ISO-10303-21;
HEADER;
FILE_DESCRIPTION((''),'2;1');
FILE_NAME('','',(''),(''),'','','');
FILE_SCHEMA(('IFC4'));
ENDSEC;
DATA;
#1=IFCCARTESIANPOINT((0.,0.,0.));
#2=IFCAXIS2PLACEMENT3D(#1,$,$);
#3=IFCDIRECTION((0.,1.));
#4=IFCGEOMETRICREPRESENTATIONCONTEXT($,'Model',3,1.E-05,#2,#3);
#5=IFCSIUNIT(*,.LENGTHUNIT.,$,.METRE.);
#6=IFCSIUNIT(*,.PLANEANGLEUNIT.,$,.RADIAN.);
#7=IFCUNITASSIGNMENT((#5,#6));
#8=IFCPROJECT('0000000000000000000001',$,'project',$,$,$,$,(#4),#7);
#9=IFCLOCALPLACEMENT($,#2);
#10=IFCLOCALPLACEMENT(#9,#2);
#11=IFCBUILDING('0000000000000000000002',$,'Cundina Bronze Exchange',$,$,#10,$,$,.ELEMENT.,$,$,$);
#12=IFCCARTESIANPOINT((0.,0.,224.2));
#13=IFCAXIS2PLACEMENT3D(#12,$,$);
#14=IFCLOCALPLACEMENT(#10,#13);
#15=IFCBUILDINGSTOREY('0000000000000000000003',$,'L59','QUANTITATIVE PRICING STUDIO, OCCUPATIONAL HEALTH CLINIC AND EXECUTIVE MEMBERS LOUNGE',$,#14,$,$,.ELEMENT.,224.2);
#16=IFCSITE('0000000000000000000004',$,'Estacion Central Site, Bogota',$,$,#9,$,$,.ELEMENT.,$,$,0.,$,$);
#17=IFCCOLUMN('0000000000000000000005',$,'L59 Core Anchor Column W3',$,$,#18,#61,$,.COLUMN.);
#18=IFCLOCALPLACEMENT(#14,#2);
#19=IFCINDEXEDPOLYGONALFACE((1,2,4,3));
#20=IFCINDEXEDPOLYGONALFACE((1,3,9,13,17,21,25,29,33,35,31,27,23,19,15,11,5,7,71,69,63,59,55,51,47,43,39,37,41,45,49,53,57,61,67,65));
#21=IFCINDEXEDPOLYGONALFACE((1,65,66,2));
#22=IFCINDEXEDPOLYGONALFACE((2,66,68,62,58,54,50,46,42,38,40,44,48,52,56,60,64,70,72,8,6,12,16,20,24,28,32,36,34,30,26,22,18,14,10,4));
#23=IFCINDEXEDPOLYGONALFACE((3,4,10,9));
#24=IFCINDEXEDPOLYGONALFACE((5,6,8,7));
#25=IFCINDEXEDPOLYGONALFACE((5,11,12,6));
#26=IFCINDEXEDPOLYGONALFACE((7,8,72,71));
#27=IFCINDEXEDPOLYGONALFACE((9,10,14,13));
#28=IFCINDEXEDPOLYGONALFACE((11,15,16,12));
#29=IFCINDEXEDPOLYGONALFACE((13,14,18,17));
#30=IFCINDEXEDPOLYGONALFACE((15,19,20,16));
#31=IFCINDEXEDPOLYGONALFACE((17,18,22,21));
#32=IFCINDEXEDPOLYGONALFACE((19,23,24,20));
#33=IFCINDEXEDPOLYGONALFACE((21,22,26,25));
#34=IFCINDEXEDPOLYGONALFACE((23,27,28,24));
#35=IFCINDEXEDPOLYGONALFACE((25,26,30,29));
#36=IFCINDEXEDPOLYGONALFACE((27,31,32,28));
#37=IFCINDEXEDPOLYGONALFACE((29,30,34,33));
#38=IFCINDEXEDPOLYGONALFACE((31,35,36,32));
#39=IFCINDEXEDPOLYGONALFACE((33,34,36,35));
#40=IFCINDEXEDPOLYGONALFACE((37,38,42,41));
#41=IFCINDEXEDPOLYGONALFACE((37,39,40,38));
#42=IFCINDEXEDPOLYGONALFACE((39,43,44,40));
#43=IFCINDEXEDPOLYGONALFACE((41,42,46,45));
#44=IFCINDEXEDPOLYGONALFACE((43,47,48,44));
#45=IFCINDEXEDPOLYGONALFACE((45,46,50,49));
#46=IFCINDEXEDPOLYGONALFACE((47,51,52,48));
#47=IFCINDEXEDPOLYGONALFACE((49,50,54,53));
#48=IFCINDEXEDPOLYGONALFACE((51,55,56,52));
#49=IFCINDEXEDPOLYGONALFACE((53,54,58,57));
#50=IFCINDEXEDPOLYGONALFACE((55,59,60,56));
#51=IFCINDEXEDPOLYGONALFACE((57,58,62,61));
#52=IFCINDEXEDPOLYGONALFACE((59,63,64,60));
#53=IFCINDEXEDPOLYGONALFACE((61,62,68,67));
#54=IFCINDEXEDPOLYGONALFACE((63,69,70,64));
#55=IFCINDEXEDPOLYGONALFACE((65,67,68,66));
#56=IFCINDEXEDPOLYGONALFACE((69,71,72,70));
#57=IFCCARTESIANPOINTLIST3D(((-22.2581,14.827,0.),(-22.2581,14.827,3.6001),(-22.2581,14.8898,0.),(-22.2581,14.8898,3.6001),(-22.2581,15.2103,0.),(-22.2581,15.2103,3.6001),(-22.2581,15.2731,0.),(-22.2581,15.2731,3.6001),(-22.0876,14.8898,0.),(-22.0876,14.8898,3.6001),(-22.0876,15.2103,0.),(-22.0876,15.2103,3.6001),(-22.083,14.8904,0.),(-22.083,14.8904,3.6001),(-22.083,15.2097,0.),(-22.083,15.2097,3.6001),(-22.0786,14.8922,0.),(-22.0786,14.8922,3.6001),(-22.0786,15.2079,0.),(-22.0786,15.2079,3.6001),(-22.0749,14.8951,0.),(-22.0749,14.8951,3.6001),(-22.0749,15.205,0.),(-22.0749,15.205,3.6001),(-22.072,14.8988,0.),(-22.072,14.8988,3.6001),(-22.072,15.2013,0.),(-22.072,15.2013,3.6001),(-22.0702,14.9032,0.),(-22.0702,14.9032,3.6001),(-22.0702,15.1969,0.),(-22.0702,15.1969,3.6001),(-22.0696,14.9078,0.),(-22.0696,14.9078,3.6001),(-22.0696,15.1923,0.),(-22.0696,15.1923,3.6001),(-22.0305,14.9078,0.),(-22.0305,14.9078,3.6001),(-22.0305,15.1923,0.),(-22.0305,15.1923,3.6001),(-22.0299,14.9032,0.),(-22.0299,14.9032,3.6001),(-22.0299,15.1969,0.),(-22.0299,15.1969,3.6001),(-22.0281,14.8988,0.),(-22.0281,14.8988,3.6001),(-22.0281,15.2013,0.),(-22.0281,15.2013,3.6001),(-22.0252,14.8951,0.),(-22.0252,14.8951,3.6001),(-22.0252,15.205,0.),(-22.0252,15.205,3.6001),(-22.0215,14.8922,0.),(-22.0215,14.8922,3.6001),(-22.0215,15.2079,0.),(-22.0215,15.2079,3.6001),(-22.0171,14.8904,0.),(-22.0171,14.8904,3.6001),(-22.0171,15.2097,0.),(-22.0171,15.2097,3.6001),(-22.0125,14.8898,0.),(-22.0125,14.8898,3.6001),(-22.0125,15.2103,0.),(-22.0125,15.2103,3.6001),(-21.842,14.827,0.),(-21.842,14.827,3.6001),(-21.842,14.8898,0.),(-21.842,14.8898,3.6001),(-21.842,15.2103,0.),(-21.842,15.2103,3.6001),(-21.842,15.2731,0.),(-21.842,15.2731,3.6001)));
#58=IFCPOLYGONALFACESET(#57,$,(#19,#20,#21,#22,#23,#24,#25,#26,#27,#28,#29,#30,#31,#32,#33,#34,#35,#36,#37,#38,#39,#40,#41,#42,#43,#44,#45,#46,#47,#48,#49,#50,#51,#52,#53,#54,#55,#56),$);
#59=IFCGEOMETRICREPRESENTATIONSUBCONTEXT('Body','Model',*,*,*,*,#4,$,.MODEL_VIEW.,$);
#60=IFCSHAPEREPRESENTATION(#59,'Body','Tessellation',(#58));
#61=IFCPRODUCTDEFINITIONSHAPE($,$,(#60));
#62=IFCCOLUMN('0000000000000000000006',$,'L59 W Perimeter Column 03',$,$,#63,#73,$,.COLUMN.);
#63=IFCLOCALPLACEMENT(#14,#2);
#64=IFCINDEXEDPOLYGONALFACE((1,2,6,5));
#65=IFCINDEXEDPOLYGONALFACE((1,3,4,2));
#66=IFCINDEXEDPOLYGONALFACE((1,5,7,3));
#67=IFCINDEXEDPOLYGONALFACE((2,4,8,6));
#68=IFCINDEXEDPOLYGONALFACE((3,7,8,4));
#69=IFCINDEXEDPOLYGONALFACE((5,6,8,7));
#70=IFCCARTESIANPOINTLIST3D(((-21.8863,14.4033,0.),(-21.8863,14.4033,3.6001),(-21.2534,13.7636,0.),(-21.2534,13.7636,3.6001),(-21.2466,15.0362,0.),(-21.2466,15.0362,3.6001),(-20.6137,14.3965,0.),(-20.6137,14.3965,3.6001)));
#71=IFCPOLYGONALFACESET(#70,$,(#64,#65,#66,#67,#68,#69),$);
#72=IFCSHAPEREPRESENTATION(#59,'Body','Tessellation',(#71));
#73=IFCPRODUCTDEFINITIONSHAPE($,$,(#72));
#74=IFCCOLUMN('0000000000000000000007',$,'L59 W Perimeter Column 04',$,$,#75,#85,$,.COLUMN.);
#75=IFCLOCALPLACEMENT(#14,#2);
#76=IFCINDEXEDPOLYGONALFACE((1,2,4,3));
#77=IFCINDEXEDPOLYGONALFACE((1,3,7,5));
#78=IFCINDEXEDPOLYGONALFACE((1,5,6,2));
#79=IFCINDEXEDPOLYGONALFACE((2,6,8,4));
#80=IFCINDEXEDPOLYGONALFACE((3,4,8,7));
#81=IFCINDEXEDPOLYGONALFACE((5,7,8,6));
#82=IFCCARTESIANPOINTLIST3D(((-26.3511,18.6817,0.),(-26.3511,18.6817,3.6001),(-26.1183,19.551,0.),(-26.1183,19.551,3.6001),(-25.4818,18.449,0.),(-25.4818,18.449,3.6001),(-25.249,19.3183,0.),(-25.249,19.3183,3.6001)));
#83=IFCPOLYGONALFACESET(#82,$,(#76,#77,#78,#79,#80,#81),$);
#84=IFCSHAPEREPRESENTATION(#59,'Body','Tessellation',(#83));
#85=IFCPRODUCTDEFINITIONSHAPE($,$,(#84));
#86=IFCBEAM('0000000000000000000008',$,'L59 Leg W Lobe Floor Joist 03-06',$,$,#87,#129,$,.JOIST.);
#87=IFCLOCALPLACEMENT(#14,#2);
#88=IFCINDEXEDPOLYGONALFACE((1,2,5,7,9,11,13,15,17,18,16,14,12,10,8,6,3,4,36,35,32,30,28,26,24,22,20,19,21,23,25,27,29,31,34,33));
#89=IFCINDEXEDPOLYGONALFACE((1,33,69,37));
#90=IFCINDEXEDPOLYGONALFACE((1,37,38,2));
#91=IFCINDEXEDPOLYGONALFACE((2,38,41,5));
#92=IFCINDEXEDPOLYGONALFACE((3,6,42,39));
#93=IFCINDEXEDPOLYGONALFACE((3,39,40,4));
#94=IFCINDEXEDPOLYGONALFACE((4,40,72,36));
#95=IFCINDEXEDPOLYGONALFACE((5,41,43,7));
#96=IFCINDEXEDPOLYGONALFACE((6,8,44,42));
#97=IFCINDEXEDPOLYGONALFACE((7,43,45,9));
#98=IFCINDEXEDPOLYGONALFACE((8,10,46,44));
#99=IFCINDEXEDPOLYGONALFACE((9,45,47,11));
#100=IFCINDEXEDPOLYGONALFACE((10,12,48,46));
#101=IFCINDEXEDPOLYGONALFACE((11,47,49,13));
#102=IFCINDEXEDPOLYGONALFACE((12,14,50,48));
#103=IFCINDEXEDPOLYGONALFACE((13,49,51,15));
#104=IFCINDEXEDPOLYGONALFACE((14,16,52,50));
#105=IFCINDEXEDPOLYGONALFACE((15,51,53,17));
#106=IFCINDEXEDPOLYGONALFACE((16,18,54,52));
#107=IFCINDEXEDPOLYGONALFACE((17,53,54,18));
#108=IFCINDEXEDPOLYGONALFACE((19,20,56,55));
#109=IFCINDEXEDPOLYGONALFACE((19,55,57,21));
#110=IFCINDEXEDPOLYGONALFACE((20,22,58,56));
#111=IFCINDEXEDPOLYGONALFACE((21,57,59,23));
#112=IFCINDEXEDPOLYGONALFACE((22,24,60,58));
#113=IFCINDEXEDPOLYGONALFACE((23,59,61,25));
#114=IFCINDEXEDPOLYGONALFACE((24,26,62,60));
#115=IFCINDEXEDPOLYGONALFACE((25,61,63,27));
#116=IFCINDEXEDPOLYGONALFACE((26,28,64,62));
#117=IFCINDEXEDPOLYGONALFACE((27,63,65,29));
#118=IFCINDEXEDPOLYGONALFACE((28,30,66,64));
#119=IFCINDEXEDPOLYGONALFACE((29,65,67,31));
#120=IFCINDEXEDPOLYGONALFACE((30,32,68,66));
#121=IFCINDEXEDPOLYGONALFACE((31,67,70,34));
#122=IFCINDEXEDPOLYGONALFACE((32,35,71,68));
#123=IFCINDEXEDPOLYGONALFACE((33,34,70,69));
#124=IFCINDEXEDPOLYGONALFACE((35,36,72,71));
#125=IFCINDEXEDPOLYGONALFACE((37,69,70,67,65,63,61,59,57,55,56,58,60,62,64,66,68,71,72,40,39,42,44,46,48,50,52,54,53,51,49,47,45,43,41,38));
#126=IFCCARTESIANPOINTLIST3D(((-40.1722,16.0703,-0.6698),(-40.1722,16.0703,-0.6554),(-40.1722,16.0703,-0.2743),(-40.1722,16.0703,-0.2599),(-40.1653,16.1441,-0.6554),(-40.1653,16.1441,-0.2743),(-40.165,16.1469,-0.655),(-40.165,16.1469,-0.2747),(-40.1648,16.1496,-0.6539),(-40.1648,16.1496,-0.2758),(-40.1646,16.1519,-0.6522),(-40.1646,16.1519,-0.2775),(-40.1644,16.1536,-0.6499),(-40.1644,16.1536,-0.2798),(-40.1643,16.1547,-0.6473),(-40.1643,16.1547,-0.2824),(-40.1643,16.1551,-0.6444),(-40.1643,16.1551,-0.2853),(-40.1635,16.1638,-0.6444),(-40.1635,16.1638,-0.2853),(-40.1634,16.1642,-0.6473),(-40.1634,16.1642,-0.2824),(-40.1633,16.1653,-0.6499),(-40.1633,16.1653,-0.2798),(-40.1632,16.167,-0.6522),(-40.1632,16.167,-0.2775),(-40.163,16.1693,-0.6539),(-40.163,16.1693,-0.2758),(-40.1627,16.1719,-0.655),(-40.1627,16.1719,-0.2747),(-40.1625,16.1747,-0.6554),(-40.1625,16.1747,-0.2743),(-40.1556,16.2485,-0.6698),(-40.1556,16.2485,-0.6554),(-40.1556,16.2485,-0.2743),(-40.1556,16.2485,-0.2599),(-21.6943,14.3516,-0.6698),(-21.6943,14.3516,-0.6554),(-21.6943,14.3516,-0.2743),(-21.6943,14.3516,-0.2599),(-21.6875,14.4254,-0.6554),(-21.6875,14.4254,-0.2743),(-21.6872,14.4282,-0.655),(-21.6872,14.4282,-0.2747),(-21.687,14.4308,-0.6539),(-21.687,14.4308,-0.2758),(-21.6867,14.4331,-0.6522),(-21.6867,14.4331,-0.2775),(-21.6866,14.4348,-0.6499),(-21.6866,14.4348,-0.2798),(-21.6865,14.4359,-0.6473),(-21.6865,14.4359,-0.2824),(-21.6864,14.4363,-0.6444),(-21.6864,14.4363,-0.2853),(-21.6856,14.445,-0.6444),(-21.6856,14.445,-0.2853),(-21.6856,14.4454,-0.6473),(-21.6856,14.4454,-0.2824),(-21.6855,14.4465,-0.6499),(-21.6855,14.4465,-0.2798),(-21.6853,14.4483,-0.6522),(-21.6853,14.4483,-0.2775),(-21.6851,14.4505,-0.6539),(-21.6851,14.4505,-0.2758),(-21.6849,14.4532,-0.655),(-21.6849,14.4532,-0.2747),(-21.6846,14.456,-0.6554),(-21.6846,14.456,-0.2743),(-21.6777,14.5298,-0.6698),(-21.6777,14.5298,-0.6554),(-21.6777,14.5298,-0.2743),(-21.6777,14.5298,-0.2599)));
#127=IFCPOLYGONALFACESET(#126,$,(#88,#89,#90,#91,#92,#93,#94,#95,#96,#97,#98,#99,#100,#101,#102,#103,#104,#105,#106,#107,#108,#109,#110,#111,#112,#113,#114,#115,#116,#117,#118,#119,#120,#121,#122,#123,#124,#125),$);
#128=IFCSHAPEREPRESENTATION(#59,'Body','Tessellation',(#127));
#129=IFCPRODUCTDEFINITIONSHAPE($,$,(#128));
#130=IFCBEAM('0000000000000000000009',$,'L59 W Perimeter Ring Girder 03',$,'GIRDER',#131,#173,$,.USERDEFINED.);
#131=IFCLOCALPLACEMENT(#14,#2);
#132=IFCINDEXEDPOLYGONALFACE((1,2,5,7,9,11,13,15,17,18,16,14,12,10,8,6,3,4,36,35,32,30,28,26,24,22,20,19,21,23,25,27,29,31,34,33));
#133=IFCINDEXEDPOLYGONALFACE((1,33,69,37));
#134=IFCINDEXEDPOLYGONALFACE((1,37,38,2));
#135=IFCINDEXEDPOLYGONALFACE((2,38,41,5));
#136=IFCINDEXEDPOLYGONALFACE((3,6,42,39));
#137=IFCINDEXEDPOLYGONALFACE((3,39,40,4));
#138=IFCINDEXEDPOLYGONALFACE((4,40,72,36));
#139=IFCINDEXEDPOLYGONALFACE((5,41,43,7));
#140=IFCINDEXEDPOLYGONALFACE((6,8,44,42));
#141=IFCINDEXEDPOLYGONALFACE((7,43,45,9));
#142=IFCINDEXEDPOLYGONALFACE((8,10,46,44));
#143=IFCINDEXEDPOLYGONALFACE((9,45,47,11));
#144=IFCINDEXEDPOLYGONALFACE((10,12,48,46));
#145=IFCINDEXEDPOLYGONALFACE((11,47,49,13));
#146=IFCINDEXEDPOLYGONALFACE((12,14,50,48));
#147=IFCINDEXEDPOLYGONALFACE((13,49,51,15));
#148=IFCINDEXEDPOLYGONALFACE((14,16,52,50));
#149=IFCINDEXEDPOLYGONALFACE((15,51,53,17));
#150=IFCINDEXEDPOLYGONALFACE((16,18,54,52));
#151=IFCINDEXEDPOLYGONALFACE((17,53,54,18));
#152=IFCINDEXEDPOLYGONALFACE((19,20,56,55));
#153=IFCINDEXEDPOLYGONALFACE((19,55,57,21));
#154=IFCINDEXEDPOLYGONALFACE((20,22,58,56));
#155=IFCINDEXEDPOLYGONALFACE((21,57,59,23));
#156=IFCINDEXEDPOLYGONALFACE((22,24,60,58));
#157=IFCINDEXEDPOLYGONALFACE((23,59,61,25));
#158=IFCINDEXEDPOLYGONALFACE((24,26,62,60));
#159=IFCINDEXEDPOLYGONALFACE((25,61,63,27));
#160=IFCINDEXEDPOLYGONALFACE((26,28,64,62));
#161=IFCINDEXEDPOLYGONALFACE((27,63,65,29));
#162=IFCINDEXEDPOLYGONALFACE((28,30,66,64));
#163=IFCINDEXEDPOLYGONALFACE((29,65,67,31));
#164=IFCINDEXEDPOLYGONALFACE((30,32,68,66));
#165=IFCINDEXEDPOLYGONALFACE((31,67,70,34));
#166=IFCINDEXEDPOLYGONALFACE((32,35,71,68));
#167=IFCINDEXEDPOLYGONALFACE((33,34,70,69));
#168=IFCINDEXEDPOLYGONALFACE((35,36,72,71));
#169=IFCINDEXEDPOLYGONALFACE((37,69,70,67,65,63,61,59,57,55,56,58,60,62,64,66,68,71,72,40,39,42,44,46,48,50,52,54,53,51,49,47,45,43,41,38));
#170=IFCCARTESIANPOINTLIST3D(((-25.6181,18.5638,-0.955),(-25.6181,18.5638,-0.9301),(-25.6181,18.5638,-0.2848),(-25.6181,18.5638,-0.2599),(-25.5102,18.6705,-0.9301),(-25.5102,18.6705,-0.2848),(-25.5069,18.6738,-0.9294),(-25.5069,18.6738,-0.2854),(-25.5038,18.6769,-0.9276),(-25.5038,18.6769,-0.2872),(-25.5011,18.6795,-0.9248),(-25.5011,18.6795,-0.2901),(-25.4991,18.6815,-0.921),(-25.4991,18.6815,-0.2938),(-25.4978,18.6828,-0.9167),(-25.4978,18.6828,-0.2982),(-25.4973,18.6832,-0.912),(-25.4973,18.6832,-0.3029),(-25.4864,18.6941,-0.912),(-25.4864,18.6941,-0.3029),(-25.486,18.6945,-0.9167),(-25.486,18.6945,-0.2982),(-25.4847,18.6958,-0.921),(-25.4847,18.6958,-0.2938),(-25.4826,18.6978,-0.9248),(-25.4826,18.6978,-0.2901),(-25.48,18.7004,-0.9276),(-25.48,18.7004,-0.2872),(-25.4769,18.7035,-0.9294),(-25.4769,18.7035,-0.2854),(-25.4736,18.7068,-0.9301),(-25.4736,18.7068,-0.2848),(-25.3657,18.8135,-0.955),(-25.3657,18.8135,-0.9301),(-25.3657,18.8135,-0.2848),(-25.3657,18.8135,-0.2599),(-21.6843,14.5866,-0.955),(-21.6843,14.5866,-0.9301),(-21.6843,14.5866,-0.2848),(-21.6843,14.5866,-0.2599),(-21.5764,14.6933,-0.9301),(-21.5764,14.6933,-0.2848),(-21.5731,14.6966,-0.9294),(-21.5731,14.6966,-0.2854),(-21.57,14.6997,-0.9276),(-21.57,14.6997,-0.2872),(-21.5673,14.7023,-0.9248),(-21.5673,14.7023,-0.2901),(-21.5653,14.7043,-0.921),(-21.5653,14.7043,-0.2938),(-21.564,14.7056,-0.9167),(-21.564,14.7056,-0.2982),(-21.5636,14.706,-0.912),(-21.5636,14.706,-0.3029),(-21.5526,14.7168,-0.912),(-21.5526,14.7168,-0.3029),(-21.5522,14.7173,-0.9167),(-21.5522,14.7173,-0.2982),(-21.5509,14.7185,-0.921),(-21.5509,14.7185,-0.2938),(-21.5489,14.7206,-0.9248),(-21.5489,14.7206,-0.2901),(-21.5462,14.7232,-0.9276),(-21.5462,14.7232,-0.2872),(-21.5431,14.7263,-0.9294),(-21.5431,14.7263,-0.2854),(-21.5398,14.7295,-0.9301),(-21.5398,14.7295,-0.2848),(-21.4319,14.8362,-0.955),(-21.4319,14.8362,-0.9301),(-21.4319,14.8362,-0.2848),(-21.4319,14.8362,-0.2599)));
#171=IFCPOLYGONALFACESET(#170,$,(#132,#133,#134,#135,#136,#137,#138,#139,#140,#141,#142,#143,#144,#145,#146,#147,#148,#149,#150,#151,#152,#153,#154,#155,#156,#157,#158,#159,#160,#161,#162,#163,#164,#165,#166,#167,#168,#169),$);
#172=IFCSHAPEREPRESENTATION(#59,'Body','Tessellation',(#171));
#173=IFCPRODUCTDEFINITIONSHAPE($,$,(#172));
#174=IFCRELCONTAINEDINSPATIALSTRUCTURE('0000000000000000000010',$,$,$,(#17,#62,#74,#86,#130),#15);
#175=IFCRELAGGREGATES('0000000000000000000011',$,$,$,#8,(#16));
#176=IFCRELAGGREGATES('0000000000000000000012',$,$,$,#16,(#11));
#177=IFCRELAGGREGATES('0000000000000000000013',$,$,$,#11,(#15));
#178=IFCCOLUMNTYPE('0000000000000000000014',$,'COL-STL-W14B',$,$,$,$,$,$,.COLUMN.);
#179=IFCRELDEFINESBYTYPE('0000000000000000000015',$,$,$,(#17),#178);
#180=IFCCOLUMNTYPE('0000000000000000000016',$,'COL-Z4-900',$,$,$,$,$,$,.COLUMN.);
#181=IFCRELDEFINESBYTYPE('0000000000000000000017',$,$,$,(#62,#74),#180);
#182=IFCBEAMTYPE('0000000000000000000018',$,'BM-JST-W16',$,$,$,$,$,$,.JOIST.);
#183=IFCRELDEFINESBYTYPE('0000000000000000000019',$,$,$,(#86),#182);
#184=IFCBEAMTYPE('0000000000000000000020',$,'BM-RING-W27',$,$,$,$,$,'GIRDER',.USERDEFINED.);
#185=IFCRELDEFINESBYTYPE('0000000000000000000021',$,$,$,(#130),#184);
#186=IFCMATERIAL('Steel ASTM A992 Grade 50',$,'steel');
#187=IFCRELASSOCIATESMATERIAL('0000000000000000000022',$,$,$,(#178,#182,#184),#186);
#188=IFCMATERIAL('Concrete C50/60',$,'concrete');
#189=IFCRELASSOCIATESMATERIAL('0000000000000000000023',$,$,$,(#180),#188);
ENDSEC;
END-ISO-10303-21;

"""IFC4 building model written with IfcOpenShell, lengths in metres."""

from ifc_helpers import new_model, si_unit, direction, frame, origin, origin_2d, place, context, subcontext, project, spatial, rectangle, i_section, extrude, material, material_profile, profile_set, type_object, element, save


model = new_model("IFC4")

# Units and contexts
model_context = context("Model", 3, precision=1e-05, world=origin(), true_north=direction((0.0, 1.0)))
body_context = subcontext(model_context, "Body", "Model", "MODEL_VIEW")
ifc_project = project(units=[si_unit("LENGTHUNIT", "METRE"), si_unit("PLANEANGLEUNIT", "RADIAN")], contexts=[model_context])

# Site, building, storey
site_placement = place(None, origin())
site = spatial("IfcSite", under=ifc_project, at=site_placement, Name="Estacion Central Site, Bogota", CompositionType="ELEMENT", RefElevation=0.0)
building_placement = place(site_placement, origin())
building = spatial("IfcBuilding", under=site, at=building_placement, Name="Cundina Bronze Exchange", CompositionType="ELEMENT")
storey_placement = place(building_placement, frame((0.0, 0.0, 224.2)))
storey = spatial("IfcBuildingStorey", under=building, at=storey_placement, Name="L59", Description="QUANTITATIVE PRICING STUDIO, OCCUPATIONAL HEALTH CLINIC AND EXECUTIVE MEMBERS LOUNGE", CompositionType="ELEMENT", Elevation=224.2)

# Columns
ifc_material_1 = material(Name="Steel ASTM A992 Grade 50", Category="steel")
ifc_material_profile_1 = material_profile(ifc_material_1, i_section(OverallWidth=0.416, OverallDepth=0.446, WebThickness=0.0391, FlangeThickness=0.0627, FilletRadius=0.0181, at=origin_2d()), Name="W14X342", Category="steel")
ifc_profile_set_1 = profile_set([ifc_material_profile_1], Name="Steel ASTM A992 Grade 50")
column_type_1 = type_object("IfcColumnType", Name="COL-STL-W14B", PredefinedType="COLUMN", material=ifc_profile_set_1)
column_placement = place(storey_placement, frame((-22.05, 15.05, 0.0), z_axis=(0.0, 0.0, 1.0), x_axis=(1.0, 0.0, 0.0)))
element("IfcColumn", 1, at=column_placement, inside=storey, type_object=column_type_1, Name="L59 Core Anchor Column W3", PredefinedType="COLUMN", context=body_context, shape_type="SweptSolid", body=[
    extrude(i_section(OverallWidth=0.416, OverallDepth=0.446, WebThickness=0.0391, FlangeThickness=0.0627, FilletRadius=0.0181, at=origin_2d()), origin(), (0.0, 0.0, 1.0), 3.6001),
])
ifc_material_2 = material(Name="Concrete C50/60", Category="concrete")
ifc_material_profile_2 = material_profile(ifc_material_2, rectangle(XDim=0.8999, YDim=0.8999, at=origin_2d()), Name="RC900X900", Category="concrete")
ifc_profile_set_2 = profile_set([ifc_material_profile_2], Name="Concrete C50/60")
column_type_2 = type_object("IfcColumnType", Name="COL-Z4-900", PredefinedType="COLUMN", material=ifc_profile_set_2)
for number, where, z_axis, x_axis, name in (
    (2, (-21.25, 14.3999, 0.0), (0.0, 0.0, 1.0), (-0.703271, 0.710922, 0.0), "L59 W Perimeter Column 03"),
    (3, (-25.8, 19.0, 0.0), (0.0, 0.0, 1.0), (-0.965971, 0.25865, 0.0), "L59 W Perimeter Column 04"),
):
    element("IfcColumn", number, at=place(storey_placement, frame(where, z_axis=z_axis, x_axis=x_axis)), inside=storey, type_object=column_type_2, Name=name, PredefinedType="COLUMN", context=body_context, shape_type="SweptSolid", body=[
        extrude(rectangle(XDim=0.8999, YDim=0.8999, at=origin_2d()), origin(), (0.0, 0.0, 1.0), 3.6001),
    ])

# Beams
ifc_material_profile_3 = material_profile(ifc_material_1, i_section(OverallWidth=0.179, OverallDepth=0.4099, WebThickness=0.0088, FlangeThickness=0.0144, FilletRadius=0.011, at=origin_2d()), Name="W16X45", Category="steel")
ifc_profile_set_3 = profile_set([ifc_material_profile_3], Name="Steel ASTM A992 Grade 50")
beam_type_1 = type_object("IfcBeamType", Name="BM-JST-W16", PredefinedType="JOIST", material=ifc_profile_set_3)
beam_1_placement = place(storey_placement, frame((-21.686, 14.4407, -0.4648), z_axis=(-0.995702, 0.092617, 0.0), x_axis=(-0.092617, -0.995702, 0.0)))
element("IfcBeam", 4, at=beam_1_placement, inside=storey, type_object=beam_type_1, Name="L59 Leg W Lobe Floor Joist 03-06", PredefinedType="JOIST", context=body_context, shape_type="SweptSolid", body=[
    extrude(i_section(OverallWidth=0.179, OverallDepth=0.4099, WebThickness=0.0088, FlangeThickness=0.0144, FilletRadius=0.011, at=origin_2d()), origin(), (0.0, 0.0, 1.0), 18.5576),
])
ifc_material_profile_4 = material_profile(ifc_material_1, i_section(OverallWidth=0.355, OverallDepth=0.6951, WebThickness=0.0154, FlangeThickness=0.0249, FilletRadius=0.0181, at=origin_2d()), Name="W27X146", Category="steel")
ifc_profile_set_4 = profile_set([ifc_material_profile_4], Name="Steel ASTM A992 Grade 50")
beam_type_2 = type_object("IfcBeamType", Name="BM-RING-W27", ElementType="GIRDER", PredefinedType="USERDEFINED", material=ifc_profile_set_4)
beam_2_placement = place(storey_placement, frame((-21.5581, 14.7114, -0.6074), z_axis=(-0.703212, 0.71098, 0.0), x_axis=(-0.71098, -0.703212, 0.0)))
element("IfcBeam", 5, at=beam_2_placement, inside=storey, type_object=beam_type_2, Name="L59 W Perimeter Ring Girder 03", ObjectType="GIRDER", PredefinedType="USERDEFINED", context=body_context, shape_type="SweptSolid", body=[
    extrude(i_section(OverallWidth=0.355, OverallDepth=0.6951, WebThickness=0.0154, FlangeThickness=0.0249, FilletRadius=0.0181, at=origin_2d()), origin(), (0.0, 0.0, 1.0), 5.594),
])

save(model, "model.ifc")
